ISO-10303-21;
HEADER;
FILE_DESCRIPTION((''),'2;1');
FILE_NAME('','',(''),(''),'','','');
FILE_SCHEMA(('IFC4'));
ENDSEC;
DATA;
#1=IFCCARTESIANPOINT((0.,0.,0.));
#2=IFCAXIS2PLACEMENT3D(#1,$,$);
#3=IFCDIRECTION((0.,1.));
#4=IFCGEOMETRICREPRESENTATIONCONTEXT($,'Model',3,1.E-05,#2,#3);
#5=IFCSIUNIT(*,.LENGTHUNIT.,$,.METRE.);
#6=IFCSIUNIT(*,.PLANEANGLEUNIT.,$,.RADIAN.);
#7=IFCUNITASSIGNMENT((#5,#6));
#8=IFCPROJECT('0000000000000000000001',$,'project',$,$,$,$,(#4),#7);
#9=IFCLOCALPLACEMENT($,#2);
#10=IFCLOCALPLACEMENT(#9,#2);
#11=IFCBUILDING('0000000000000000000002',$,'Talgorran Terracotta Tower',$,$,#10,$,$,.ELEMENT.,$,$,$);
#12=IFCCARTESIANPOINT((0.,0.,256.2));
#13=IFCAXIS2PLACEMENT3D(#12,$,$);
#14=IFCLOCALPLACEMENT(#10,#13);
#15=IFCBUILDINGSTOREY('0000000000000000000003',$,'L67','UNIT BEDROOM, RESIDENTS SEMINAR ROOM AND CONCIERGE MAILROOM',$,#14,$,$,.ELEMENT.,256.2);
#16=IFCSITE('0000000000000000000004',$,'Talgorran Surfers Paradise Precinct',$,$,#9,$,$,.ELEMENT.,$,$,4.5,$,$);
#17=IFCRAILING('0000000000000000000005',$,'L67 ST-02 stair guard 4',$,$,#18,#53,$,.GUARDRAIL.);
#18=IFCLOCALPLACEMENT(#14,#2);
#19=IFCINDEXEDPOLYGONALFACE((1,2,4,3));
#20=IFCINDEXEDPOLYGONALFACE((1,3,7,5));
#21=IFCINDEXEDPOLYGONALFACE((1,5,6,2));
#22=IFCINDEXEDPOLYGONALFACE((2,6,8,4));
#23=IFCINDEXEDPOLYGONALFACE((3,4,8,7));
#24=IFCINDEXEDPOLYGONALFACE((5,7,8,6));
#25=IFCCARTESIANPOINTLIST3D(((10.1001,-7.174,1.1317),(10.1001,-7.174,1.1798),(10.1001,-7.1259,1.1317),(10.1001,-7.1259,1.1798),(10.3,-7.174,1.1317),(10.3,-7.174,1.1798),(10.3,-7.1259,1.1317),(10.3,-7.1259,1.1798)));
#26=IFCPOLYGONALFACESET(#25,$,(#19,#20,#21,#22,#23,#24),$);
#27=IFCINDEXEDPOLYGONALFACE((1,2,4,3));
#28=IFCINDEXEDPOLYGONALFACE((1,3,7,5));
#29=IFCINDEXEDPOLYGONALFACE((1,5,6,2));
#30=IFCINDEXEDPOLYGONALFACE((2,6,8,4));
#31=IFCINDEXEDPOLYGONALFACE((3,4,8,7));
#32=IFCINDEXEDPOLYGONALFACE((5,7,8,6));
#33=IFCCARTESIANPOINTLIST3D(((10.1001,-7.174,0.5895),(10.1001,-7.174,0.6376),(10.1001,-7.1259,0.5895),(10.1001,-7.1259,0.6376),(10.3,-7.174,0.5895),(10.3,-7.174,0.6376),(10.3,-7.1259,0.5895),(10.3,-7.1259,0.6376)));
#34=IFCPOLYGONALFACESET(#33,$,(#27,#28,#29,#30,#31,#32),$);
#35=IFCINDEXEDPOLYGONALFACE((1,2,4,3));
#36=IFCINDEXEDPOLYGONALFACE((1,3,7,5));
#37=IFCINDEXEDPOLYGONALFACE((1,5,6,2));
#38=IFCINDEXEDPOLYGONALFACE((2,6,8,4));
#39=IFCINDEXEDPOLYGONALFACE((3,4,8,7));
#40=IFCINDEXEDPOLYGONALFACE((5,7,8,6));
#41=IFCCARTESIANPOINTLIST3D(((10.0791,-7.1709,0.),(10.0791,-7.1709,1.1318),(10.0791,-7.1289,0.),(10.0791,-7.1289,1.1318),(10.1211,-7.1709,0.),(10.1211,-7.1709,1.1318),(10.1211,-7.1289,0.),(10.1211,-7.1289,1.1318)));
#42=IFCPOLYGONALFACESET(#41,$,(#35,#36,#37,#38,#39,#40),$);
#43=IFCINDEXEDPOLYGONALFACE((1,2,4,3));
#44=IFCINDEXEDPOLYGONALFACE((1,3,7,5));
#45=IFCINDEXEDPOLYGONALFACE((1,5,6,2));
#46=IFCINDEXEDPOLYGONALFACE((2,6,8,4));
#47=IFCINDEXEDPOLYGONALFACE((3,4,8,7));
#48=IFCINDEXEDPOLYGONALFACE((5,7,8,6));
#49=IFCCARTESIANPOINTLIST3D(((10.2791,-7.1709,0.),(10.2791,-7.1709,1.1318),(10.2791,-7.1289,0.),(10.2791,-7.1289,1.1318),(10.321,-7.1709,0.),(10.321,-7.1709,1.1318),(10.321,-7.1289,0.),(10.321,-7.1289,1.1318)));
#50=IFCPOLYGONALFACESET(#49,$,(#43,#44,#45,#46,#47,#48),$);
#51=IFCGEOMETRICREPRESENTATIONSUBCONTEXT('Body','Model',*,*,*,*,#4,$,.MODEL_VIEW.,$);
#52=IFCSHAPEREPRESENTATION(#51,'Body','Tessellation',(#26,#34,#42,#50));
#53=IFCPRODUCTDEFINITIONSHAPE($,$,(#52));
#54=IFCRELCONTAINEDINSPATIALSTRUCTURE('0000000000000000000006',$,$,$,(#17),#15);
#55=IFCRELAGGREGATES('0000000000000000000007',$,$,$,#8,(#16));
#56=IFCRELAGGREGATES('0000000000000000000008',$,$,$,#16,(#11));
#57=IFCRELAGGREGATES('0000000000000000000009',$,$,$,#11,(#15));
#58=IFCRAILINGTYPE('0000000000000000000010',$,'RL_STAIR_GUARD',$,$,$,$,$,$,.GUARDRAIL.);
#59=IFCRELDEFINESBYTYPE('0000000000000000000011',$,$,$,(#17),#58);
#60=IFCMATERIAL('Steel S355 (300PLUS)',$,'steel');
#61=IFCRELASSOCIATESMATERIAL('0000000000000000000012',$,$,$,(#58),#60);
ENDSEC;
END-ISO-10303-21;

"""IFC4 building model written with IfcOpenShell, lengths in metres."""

from ifc_helpers import new_model, si_unit, direction, frame, origin, origin_2d, place, context, subcontext, project, spatial, rectangle, extrude, material, type_object, element, save


model = new_model("IFC4")

# Units and contexts
model_context = context("Model", 3, precision=1e-05, world=origin(), true_north=direction((0.0, 1.0)))
body_context = subcontext(model_context, "Body", "Model", "MODEL_VIEW")
ifc_project = project(units=[si_unit("LENGTHUNIT", "METRE"), si_unit("PLANEANGLEUNIT", "RADIAN")], contexts=[model_context])

# Site, building, storey
site_placement = place(None, origin())
site = spatial("IfcSite", under=ifc_project, at=site_placement, Name="Talgorran Surfers Paradise Precinct", CompositionType="ELEMENT", RefElevation=4.5)
building_placement = place(site_placement, origin())
building = spatial("IfcBuilding", under=site, at=building_placement, Name="Talgorran Terracotta Tower", CompositionType="ELEMENT")
storey_placement = place(building_placement, frame((0.0, 0.0, 256.2)))
storey = spatial("IfcBuildingStorey", under=building, at=storey_placement, Name="L67", Description="UNIT BEDROOM, RESIDENTS SEMINAR ROOM AND CONCIERGE MAILROOM", CompositionType="ELEMENT", Elevation=256.2)

# Shared definitions
ifc_material_1 = material(Name="Steel S355 (300PLUS)", Category="steel")

# Railing
railing_type_1 = type_object("IfcRailingType", Name="RL_STAIR_GUARD", PredefinedType="GUARDRAIL", material=ifc_material_1)
railing_1_placement = place(storey_placement, frame((10.1001, -7.1499, 0.0)))
element("IfcRailing", 1, at=railing_1_placement, inside=storey, type_object=railing_type_1, Name="L67 ST-02 stair guard 4", PredefinedType="GUARDRAIL", context=body_context, shape_type="SweptSolid", body=[
    extrude(rectangle(XDim=0.0481, YDim=0.0481, at=origin_2d()), frame((0.0, 0.0, 1.1558), z_axis=(1.0, 0.0, 0.0), x_axis=(0.0, 1.0, 0.0)), (0.0, 0.0, 1.0), 0.2),
    extrude(rectangle(XDim=0.0481, YDim=0.0481, at=origin_2d()), frame((0.0, 0.0, 0.6135), z_axis=(1.0, 0.0, 0.0), x_axis=(0.0, 1.0, 0.0)), (0.0, 0.0, 1.0), 0.2),
    extrude(rectangle(XDim=0.042, YDim=0.042, at=origin_2d()), origin(), (0.0, 0.0, 1.0), 1.1318),
    extrude(rectangle(XDim=0.042, YDim=0.042, at=origin_2d()), frame((0.2, 0.0, 0.0)), (0.0, 0.0, 1.0), 1.1318),
])

save(model, "model.ifc")
